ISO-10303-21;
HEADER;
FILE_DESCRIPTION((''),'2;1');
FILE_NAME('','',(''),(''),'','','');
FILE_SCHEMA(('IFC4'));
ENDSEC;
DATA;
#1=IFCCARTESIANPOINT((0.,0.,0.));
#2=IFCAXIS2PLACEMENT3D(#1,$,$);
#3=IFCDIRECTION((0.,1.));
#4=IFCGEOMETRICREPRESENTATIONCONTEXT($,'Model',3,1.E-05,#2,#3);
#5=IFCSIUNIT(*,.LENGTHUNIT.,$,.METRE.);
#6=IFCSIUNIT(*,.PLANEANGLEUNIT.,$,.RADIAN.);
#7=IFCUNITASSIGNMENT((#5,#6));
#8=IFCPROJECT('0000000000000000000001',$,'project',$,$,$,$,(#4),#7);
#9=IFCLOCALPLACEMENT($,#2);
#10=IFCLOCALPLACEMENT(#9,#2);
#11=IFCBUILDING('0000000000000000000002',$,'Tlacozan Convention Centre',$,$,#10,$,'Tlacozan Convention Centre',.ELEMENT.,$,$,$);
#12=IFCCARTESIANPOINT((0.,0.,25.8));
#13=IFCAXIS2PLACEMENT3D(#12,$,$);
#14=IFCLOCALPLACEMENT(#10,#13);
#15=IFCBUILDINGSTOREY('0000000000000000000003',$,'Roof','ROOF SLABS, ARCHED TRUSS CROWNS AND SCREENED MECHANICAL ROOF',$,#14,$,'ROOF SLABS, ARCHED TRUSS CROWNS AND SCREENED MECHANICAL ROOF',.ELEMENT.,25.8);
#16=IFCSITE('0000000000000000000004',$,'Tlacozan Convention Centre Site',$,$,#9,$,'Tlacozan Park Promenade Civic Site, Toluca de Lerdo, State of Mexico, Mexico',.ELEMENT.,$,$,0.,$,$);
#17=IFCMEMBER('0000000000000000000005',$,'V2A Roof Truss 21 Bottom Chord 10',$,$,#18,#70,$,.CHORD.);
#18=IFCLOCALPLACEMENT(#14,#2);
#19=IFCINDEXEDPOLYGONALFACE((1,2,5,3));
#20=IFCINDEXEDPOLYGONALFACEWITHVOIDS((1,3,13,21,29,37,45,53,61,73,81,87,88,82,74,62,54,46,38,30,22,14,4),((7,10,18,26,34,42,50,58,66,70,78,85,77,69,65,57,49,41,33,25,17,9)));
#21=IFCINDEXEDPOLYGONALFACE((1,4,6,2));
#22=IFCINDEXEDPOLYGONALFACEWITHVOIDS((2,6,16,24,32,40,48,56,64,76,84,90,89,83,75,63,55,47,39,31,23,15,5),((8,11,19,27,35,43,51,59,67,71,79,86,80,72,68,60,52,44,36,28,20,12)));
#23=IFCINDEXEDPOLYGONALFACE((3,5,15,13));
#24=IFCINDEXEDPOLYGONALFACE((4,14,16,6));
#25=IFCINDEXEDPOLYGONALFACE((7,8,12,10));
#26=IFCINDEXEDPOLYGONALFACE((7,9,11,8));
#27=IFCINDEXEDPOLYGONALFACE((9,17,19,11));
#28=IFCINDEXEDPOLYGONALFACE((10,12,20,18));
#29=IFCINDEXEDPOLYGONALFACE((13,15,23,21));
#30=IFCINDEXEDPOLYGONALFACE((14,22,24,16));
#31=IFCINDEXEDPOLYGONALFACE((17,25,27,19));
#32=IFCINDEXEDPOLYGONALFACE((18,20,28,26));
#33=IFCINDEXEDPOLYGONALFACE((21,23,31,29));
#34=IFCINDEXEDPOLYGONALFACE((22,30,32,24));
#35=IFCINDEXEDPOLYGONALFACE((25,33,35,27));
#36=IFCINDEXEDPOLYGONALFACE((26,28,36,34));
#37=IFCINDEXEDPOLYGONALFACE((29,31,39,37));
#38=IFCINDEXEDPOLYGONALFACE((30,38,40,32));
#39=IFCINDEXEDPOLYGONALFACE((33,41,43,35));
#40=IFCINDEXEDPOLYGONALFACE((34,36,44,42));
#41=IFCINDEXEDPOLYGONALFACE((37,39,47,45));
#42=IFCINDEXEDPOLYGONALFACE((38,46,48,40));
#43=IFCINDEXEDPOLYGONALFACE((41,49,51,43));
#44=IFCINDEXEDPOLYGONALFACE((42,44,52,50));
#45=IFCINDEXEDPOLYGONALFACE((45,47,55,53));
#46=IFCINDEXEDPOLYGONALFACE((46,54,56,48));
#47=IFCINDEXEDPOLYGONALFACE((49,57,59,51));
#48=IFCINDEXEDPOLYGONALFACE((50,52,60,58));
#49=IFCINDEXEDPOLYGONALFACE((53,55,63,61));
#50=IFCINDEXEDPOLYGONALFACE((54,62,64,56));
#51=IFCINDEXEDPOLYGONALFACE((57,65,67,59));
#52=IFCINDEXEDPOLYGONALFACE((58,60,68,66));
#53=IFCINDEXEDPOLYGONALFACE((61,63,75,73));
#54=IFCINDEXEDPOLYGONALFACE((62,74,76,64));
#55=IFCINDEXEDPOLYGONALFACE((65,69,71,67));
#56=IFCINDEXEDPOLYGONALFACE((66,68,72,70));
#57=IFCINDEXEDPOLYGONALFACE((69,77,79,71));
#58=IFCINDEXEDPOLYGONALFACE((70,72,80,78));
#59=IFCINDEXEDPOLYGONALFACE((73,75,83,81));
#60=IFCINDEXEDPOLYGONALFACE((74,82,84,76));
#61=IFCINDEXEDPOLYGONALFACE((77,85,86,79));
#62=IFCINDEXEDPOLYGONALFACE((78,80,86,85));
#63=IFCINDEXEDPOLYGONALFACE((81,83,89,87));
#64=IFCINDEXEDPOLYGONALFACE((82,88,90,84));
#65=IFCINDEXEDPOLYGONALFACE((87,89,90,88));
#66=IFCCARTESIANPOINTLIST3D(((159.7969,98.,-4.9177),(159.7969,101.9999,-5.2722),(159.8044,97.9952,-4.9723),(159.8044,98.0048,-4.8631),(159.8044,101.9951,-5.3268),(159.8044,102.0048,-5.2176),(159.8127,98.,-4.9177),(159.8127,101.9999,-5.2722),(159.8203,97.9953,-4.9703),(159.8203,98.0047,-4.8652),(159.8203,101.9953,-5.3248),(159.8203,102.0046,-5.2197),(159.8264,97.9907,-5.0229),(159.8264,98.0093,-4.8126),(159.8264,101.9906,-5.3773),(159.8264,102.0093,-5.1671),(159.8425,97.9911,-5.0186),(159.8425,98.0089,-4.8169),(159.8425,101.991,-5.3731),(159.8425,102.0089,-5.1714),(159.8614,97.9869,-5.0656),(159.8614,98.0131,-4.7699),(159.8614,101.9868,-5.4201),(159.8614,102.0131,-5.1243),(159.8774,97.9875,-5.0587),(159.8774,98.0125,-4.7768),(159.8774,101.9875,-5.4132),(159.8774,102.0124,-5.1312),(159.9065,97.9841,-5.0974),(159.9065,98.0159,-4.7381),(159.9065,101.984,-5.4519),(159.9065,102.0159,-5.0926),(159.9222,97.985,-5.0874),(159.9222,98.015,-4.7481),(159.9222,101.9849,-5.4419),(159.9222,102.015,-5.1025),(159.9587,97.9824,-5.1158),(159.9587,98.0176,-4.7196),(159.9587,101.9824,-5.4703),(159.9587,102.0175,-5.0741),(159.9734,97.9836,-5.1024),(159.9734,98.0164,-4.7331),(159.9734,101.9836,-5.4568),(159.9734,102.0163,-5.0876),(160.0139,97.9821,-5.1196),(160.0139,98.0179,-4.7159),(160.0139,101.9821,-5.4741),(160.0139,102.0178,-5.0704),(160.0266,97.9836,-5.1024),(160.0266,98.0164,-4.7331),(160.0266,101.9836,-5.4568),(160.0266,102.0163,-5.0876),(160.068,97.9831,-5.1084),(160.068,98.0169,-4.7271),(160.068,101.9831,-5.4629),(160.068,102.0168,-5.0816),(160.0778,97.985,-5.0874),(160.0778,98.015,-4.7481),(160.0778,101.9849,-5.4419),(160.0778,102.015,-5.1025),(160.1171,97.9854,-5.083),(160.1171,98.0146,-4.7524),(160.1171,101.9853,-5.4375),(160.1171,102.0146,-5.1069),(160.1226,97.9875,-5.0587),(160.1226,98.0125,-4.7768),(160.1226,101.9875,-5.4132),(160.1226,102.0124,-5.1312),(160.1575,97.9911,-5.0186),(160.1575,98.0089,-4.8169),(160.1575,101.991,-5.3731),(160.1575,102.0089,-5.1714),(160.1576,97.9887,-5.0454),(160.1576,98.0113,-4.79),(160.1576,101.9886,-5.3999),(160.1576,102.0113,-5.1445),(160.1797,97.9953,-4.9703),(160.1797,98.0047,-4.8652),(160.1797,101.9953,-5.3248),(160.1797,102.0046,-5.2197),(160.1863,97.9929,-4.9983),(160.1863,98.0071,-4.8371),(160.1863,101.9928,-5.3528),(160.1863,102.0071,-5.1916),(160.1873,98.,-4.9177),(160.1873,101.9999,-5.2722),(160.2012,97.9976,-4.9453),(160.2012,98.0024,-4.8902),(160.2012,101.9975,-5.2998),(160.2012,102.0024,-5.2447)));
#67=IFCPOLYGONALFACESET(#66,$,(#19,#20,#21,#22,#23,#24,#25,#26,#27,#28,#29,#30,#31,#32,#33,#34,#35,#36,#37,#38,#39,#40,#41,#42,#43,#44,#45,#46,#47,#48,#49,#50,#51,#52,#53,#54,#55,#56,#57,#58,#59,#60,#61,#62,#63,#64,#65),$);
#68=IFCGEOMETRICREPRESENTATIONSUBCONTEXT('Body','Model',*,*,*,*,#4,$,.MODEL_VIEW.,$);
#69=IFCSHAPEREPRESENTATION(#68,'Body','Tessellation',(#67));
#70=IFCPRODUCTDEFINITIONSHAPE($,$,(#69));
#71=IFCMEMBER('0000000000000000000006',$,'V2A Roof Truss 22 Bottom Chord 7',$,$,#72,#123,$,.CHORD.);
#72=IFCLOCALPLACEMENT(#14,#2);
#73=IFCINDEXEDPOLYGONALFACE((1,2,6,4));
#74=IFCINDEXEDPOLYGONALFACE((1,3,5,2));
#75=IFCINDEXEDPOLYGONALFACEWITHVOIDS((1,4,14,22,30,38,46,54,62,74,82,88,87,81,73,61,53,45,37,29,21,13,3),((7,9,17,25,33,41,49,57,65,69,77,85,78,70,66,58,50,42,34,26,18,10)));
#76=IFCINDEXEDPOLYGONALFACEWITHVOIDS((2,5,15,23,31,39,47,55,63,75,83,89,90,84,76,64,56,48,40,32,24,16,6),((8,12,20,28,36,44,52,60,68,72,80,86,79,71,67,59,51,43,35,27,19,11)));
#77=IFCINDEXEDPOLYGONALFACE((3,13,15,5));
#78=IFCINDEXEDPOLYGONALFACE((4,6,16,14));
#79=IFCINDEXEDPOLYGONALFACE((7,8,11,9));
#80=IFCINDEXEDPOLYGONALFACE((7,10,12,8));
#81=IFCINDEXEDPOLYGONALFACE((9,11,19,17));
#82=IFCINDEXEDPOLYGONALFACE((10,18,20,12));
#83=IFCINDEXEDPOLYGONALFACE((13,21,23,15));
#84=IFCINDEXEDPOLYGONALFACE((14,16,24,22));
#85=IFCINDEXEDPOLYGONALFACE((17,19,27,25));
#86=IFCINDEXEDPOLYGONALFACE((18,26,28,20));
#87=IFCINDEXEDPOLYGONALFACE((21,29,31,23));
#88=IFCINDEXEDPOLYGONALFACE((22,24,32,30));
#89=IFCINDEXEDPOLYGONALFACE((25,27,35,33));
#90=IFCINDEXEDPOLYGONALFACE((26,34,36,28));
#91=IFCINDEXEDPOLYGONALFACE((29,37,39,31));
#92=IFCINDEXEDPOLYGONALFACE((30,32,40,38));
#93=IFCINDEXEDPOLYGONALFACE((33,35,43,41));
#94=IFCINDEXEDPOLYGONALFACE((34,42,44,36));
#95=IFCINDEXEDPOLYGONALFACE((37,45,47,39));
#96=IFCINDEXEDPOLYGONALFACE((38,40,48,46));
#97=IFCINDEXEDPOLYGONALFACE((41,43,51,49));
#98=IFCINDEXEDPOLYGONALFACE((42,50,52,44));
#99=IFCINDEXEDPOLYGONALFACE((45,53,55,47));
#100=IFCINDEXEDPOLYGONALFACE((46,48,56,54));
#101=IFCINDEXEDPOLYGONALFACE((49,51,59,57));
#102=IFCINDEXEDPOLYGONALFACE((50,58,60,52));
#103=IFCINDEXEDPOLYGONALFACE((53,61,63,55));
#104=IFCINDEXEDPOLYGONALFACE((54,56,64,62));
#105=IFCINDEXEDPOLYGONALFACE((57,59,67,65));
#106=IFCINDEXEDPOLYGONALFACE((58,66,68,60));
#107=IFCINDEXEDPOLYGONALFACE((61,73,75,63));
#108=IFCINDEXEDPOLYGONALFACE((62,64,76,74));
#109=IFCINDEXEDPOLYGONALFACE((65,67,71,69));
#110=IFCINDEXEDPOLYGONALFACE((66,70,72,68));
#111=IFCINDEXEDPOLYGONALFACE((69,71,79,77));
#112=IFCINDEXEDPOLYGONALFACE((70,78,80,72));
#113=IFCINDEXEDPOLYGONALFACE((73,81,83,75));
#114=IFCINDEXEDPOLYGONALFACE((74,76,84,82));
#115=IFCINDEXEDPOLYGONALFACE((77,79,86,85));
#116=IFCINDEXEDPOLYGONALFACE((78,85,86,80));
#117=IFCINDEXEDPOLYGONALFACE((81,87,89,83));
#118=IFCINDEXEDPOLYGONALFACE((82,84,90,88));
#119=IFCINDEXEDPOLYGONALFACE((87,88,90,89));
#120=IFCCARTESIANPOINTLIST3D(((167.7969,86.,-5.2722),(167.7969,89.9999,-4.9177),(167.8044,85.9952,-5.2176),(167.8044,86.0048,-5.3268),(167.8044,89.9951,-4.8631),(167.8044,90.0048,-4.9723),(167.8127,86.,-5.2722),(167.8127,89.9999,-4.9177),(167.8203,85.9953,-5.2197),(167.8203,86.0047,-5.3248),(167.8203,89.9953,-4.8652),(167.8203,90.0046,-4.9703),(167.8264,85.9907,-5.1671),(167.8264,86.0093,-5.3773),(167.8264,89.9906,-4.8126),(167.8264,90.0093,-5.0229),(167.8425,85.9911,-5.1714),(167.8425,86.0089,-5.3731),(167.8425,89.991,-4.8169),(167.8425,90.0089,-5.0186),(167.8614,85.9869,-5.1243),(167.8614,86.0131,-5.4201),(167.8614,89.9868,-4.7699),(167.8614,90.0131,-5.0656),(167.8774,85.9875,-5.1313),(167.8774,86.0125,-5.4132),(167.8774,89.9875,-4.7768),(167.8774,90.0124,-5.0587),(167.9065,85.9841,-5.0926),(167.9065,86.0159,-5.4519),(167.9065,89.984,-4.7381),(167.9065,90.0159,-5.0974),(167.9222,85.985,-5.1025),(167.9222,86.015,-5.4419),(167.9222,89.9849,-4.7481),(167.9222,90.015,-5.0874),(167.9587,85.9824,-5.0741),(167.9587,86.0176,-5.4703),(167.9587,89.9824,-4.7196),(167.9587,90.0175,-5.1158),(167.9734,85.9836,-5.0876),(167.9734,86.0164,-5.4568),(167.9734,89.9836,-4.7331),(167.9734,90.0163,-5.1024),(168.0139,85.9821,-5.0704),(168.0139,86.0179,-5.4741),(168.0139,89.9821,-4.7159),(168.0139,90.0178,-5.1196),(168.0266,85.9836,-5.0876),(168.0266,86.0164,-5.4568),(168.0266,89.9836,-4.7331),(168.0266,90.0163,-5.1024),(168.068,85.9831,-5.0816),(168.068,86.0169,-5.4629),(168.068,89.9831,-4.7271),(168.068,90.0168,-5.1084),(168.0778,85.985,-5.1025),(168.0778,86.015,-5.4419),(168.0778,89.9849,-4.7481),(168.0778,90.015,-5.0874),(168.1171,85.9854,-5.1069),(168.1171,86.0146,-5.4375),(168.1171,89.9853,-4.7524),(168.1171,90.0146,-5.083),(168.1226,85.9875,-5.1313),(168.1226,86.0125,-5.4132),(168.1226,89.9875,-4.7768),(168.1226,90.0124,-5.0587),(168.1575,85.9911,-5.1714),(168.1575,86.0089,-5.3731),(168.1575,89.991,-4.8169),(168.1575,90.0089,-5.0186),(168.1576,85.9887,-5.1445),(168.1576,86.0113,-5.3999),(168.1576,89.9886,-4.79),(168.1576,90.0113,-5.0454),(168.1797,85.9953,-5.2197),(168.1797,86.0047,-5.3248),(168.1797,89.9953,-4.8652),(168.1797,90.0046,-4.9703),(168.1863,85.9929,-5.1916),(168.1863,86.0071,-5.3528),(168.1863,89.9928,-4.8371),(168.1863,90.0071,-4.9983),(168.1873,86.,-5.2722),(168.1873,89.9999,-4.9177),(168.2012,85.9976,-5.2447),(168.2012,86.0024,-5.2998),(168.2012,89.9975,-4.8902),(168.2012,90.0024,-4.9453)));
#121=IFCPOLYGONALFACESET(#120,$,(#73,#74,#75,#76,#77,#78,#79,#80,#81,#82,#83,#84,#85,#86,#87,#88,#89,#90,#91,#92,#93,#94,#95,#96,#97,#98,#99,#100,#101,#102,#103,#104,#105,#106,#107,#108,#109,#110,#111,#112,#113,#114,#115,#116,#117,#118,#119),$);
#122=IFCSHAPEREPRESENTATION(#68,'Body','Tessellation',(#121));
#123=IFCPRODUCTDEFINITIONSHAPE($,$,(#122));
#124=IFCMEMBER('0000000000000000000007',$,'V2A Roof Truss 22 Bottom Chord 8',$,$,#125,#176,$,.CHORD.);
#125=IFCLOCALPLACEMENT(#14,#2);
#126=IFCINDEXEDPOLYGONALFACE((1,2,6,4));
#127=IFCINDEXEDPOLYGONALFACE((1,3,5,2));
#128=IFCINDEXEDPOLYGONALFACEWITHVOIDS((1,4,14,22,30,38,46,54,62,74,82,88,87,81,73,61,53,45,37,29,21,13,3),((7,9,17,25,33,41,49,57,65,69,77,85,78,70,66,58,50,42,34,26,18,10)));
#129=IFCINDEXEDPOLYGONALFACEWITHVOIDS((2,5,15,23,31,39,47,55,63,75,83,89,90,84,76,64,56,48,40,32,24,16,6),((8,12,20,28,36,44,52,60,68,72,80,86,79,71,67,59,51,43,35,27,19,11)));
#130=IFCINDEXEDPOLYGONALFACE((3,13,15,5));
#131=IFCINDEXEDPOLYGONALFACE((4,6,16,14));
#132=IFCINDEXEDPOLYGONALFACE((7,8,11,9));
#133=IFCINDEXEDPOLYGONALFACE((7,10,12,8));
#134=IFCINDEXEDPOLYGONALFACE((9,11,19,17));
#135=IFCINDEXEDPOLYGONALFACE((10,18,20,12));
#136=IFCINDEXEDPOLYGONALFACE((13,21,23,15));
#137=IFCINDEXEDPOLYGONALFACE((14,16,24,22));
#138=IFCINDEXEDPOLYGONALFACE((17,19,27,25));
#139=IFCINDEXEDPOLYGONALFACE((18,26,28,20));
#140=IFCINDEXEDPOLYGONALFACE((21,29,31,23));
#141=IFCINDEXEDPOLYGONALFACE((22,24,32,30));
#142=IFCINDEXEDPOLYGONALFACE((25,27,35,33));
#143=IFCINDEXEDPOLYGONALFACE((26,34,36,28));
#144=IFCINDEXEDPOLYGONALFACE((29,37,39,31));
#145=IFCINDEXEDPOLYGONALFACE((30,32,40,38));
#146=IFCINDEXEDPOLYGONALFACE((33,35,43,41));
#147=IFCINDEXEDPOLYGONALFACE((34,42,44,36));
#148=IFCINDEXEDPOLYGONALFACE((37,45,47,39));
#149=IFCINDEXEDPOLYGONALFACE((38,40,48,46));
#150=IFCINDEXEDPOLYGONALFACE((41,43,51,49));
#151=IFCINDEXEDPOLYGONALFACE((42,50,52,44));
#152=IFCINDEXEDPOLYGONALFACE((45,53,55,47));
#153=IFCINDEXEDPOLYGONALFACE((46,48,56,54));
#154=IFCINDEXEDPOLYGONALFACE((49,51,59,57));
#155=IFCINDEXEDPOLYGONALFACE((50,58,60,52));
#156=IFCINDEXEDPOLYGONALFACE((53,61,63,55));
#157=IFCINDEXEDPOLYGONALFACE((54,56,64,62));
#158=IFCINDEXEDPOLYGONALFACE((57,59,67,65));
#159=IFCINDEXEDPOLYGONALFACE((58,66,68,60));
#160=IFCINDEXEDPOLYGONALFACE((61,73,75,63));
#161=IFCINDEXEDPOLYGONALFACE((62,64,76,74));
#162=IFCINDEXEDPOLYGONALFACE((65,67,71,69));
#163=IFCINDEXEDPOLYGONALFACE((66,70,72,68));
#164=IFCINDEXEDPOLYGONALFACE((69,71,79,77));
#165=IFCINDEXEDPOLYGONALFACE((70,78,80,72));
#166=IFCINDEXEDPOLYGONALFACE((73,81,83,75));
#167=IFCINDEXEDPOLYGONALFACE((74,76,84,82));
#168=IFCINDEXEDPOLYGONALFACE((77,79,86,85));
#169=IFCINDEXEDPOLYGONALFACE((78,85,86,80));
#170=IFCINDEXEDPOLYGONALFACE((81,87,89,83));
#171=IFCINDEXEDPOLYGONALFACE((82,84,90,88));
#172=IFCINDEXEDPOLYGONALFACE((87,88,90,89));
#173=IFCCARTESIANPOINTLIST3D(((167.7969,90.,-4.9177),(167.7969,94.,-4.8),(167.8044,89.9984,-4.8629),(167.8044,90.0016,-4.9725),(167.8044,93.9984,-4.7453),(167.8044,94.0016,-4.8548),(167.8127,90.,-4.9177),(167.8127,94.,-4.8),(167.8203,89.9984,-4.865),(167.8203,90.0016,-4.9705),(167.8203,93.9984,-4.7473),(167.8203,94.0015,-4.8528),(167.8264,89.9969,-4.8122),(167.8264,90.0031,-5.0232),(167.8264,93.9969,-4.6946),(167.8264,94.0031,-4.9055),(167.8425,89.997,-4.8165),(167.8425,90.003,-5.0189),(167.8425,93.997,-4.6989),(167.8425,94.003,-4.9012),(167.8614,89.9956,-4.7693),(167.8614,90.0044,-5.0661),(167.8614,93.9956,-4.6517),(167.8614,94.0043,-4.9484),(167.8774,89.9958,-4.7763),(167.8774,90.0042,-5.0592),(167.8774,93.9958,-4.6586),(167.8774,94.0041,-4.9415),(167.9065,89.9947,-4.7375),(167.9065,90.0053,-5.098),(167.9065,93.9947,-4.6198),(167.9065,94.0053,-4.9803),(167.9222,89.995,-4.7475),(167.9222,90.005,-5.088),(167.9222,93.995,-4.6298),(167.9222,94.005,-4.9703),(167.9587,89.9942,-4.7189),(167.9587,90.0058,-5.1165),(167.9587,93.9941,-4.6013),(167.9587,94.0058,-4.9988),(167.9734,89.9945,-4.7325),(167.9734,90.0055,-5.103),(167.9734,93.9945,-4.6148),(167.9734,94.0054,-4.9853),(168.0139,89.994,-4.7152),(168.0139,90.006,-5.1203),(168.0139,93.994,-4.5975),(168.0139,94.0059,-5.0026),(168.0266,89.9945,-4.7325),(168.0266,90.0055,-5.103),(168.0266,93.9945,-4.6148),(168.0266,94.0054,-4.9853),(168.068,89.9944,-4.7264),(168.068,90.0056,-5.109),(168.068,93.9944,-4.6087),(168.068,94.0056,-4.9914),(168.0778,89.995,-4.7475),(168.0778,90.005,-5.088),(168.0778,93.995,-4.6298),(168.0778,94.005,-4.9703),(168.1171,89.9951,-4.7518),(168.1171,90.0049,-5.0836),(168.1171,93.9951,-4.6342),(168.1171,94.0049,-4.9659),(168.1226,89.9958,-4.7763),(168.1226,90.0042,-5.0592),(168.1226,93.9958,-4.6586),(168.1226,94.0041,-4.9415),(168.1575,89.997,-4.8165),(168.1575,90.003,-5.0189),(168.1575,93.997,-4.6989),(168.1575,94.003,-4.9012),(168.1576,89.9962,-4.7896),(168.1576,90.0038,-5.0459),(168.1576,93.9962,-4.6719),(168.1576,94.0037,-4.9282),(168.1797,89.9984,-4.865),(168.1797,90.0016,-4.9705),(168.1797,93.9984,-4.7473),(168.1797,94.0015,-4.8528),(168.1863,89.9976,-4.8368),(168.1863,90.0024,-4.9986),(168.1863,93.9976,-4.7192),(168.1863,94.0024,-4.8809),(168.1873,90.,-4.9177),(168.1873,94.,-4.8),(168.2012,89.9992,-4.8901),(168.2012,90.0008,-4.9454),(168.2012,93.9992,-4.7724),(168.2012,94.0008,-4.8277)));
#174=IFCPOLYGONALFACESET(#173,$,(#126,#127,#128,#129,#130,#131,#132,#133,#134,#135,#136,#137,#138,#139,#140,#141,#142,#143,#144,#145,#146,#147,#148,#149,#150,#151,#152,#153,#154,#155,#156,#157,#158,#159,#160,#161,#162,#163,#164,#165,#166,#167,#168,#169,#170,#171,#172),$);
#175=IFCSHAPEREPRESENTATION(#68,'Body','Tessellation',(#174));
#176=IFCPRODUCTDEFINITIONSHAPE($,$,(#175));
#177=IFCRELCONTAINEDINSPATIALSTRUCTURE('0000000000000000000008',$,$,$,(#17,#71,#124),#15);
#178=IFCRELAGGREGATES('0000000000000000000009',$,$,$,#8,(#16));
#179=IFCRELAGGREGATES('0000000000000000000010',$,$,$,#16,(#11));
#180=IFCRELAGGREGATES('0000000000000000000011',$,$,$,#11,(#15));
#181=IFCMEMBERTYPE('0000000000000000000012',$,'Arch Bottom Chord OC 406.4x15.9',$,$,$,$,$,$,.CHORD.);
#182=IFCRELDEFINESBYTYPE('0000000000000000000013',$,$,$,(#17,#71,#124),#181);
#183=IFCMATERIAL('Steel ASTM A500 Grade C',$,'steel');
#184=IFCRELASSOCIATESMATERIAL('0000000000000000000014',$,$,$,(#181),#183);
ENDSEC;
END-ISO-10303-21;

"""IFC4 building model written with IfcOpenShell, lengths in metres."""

from ifc_helpers import new_model, si_unit, direction, frame, origin, origin_2d, place, context, subcontext, project, spatial, hollow_circle, extrude, material, material_profile, profile_set, type_object, element, save


model = new_model("IFC4")

# Units and contexts
model_context = context("Model", 3, precision=1e-05, world=origin(), true_north=direction((0.0, 1.0)))
body_context = subcontext(model_context, "Body", "Model", "MODEL_VIEW")
ifc_project = project(units=[si_unit("LENGTHUNIT", "METRE"), si_unit("PLANEANGLEUNIT", "RADIAN")], contexts=[model_context])

# Site, building, storey
site_placement = place(None, origin())
site = spatial("IfcSite", under=ifc_project, at=site_placement, Name="Tlacozan Convention Centre Site", LongName="Tlacozan Park Promenade Civic Site, Toluca de Lerdo, State of Mexico, Mexico", CompositionType="ELEMENT", RefElevation=0.0)
building_placement = place(site_placement, origin())
building = spatial("IfcBuilding", under=site, at=building_placement, Name="Tlacozan Convention Centre", LongName="Tlacozan Convention Centre", CompositionType="ELEMENT")
storey_placement = place(building_placement, frame((0.0, 0.0, 25.8)))
storey = spatial("IfcBuildingStorey", under=building, at=storey_placement, Name="Roof", Description="ROOF SLABS, ARCHED TRUSS CROWNS AND SCREENED MECHANICAL ROOF", LongName="ROOF SLABS, ARCHED TRUSS CROWNS AND SCREENED MECHANICAL ROOF", CompositionType="ELEMENT", Elevation=25.8)

# Members
ifc_material_1 = material(Name="Steel ASTM A500 Grade C", Category="steel")
ifc_material_profile_1 = material_profile(ifc_material_1, hollow_circle(Radius=0.2031, WallThickness=0.0159, at=origin_2d()), Name="OC 406.4x15.9")
ifc_profile_set_1 = profile_set([ifc_material_profile_1], Name="Steel ASTM A500 Grade C")
member_type_1 = type_object("IfcMemberType", Name="Arch Bottom Chord OC 406.4x15.9", PredefinedType="CHORD", material=ifc_profile_set_1)
for number, where, z_axis, x_axis, name in (
    (1, (160.0, 98.0, -4.9177), (0.0, 0.996096, -0.088277), (-1.0, 0.0, 0.0), "V2A Roof Truss 21 Bottom Chord 10"),
    (2, (168.0, 86.0, -5.2722), (0.0, 0.996096, 0.088277), (-1.0, 0.0, 0.0), "V2A Roof Truss 22 Bottom Chord 7"),
):
    element("IfcMember", number, at=place(storey_placement, frame(where, z_axis=z_axis, x_axis=x_axis)), inside=storey, type_object=member_type_1, Name=name, PredefinedType="CHORD", context=body_context, shape_type="SweptSolid", body=[
        extrude(hollow_circle(Radius=0.2031, WallThickness=0.0159, at=origin_2d()), origin(), (0.0, 0.0, 1.0), 4.0156),
    ])
for number, where, z_axis, x_axis, name in (
    (3, (168.0, 90.0, -4.9177), (0.0, 0.999568, 0.029406), (-1.0, 0.0, 0.0), "V2A Roof Truss 22 Bottom Chord 8"),
):
    element("IfcMember", number, at=place(storey_placement, frame(where, z_axis=z_axis, x_axis=x_axis)), inside=storey, type_object=member_type_1, Name=name, PredefinedType="CHORD", context=body_context, shape_type="SweptSolid", body=[
        extrude(hollow_circle(Radius=0.2031, WallThickness=0.0159, at=origin_2d()), origin(), (0.0, 0.0, 1.0), 4.0017),
    ])

save(model, "model.ifc")
